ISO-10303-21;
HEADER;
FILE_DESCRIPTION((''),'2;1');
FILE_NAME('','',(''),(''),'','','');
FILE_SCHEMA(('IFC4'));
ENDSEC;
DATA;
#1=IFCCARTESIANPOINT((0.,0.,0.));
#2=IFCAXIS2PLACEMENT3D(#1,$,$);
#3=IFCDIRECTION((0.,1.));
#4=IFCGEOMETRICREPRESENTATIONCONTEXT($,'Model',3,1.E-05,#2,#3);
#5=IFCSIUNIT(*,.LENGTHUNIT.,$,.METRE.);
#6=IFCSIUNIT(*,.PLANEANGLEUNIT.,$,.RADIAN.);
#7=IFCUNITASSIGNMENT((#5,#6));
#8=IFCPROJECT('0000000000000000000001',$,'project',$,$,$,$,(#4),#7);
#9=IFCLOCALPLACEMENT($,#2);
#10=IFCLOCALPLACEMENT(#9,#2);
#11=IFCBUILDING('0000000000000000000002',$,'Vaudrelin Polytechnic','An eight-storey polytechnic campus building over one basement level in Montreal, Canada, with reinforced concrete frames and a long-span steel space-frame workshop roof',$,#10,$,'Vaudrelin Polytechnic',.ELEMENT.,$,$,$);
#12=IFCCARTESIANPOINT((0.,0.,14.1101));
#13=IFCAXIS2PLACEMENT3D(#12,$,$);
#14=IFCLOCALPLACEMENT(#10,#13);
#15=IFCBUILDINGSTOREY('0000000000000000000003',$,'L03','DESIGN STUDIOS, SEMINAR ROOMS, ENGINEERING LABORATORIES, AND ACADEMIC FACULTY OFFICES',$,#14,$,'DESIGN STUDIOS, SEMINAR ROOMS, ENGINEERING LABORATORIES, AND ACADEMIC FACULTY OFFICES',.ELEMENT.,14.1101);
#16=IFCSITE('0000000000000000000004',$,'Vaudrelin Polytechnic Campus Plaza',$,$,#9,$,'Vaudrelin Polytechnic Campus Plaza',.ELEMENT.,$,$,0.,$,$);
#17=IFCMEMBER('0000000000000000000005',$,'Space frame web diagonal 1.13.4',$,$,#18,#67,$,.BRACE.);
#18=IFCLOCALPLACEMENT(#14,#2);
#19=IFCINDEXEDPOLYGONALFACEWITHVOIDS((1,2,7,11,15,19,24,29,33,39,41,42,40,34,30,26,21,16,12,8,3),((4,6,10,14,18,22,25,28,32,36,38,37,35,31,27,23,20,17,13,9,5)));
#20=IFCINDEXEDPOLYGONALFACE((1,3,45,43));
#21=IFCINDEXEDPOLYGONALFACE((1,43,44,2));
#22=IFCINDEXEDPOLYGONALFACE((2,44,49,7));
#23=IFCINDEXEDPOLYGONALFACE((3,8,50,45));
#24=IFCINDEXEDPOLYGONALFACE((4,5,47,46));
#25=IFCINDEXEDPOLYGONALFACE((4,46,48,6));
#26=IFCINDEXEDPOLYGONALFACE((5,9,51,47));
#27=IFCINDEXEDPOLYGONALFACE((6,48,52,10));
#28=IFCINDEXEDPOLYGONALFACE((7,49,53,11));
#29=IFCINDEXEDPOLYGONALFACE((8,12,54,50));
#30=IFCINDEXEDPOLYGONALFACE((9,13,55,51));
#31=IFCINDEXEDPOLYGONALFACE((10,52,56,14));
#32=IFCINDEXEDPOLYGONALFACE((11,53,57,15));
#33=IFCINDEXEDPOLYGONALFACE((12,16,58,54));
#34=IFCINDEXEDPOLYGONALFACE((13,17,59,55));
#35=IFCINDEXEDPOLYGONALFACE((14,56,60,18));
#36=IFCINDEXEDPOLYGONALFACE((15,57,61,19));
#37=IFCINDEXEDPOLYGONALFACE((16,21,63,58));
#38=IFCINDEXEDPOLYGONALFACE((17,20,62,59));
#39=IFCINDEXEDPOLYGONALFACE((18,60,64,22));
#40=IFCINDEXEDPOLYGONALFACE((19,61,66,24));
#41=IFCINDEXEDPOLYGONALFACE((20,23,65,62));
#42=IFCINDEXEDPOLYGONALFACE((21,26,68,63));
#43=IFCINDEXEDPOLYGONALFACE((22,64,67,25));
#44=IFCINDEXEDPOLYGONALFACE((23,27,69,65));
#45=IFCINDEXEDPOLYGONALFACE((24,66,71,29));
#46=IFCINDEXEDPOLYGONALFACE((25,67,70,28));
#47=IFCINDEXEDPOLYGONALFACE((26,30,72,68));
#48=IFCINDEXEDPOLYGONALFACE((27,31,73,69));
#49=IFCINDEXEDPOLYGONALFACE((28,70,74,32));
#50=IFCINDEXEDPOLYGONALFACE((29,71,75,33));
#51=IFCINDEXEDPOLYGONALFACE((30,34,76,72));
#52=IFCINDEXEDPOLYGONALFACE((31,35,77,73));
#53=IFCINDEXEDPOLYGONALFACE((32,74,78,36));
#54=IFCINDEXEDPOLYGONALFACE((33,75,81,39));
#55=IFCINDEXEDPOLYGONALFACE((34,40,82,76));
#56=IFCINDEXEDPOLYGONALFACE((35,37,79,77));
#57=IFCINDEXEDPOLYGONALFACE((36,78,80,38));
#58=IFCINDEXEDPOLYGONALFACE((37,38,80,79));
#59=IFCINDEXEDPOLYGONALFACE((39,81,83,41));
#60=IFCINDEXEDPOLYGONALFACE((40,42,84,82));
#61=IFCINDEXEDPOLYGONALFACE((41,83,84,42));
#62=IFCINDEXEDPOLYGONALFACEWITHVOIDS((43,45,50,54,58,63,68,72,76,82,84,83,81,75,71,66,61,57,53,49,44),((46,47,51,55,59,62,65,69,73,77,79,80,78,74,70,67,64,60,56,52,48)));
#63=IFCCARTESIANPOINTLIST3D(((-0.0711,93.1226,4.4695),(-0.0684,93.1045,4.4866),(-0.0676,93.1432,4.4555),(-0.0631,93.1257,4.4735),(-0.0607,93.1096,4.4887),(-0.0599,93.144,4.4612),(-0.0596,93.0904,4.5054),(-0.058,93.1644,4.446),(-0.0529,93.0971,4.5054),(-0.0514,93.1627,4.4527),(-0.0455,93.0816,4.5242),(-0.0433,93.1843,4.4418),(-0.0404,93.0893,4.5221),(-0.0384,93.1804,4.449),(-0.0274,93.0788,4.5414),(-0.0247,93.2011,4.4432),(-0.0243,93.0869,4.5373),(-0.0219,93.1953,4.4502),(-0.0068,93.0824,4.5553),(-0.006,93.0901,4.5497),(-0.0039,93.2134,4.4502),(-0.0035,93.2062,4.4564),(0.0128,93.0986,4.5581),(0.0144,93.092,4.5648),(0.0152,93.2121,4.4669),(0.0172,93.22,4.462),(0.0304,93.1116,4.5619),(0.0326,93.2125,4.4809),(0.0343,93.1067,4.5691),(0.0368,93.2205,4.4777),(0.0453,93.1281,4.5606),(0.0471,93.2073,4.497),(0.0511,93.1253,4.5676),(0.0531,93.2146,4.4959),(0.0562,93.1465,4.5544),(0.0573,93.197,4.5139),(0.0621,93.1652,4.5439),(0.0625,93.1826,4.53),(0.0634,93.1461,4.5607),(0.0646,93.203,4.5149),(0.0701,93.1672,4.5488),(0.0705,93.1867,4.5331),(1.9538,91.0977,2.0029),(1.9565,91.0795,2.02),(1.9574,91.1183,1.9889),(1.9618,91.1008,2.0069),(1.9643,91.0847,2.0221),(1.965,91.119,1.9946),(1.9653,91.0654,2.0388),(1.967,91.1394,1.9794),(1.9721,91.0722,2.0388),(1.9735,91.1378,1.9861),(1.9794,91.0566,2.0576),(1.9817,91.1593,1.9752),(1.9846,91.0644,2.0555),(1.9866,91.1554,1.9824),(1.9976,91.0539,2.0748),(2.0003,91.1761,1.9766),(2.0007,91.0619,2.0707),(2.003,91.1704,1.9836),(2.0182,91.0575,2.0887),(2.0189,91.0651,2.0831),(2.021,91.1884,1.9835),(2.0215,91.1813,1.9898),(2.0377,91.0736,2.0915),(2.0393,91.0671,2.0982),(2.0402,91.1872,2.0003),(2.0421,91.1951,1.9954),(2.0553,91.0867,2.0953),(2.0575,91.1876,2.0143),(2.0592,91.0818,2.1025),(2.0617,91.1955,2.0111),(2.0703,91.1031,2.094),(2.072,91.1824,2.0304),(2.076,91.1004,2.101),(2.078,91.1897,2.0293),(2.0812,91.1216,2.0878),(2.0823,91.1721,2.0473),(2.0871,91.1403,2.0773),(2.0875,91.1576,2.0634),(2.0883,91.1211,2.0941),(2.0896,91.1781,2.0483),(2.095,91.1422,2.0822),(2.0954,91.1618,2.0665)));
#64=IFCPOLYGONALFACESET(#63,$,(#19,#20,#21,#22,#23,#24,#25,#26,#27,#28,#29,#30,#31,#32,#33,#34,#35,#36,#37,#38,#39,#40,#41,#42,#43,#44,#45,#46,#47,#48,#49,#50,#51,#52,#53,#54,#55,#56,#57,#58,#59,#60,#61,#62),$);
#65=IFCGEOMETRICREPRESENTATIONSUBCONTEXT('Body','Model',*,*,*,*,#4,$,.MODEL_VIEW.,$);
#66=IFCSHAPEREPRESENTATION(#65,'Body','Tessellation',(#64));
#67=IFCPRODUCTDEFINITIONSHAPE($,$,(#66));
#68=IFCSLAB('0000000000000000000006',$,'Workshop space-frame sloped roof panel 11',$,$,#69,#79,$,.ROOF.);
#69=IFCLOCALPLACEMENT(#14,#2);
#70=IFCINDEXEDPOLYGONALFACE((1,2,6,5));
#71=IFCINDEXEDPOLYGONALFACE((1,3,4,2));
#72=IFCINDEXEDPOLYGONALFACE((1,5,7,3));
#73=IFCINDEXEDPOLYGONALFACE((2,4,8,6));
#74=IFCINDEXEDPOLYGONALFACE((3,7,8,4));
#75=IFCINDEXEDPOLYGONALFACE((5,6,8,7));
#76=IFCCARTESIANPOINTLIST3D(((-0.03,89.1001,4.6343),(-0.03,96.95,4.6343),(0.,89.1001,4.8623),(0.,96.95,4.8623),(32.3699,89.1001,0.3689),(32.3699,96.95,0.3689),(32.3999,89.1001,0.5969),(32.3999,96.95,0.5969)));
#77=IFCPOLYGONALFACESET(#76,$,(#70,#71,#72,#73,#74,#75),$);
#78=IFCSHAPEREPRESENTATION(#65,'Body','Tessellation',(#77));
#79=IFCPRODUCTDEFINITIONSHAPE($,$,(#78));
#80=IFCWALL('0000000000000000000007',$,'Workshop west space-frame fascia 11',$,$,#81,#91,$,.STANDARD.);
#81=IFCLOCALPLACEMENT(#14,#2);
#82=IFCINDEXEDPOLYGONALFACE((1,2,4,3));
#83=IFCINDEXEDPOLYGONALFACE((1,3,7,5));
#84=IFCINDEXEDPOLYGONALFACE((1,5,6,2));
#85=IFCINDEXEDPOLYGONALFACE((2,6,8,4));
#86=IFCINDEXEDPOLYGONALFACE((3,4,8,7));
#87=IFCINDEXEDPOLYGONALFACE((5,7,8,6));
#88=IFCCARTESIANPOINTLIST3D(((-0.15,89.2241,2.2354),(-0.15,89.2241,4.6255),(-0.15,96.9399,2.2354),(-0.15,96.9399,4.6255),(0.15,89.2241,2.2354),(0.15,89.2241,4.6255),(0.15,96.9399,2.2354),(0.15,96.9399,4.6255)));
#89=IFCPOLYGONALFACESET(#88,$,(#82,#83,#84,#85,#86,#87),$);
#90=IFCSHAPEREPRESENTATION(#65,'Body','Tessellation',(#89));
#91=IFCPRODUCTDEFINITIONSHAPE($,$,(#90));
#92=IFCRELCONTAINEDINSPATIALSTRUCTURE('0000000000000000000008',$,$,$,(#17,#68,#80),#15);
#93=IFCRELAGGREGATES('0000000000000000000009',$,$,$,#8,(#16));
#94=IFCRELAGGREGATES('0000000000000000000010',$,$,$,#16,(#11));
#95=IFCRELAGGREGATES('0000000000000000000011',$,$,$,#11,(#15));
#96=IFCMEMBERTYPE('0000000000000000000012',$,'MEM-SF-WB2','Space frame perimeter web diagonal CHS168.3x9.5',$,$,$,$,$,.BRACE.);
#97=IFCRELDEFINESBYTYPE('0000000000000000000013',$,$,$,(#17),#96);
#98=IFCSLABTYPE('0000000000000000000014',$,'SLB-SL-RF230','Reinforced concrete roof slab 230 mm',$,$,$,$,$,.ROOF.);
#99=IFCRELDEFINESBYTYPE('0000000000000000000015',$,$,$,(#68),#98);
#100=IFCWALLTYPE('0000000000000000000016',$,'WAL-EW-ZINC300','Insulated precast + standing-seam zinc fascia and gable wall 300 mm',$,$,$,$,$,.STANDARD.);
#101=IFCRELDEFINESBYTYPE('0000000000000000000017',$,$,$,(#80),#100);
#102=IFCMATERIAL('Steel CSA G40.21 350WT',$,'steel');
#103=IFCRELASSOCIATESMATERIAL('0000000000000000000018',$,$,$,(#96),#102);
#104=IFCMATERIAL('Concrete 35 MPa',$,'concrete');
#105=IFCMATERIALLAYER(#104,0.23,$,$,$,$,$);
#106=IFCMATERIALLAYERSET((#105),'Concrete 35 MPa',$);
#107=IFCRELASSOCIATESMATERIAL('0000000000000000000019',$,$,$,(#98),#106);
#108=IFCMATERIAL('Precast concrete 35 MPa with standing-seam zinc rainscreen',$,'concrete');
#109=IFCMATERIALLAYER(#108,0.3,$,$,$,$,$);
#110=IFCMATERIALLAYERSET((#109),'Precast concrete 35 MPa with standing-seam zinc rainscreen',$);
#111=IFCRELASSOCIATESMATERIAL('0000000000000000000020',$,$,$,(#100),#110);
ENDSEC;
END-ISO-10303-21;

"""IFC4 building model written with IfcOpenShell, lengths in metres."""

from ifc_helpers import new_model, si_unit, direction, frame, frame_2d, origin, origin_2d, place, context, subcontext, project, spatial, polyline, rectangle, hollow_circle, outline, extrude, material, layer, layer_set, material_profile, profile_set, type_object, element, save


model = new_model("IFC4")

# Units and contexts
model_context = context("Model", 3, precision=1e-05, world=origin(), true_north=direction((0.0, 1.0)))
body_context = subcontext(model_context, "Body", "Model", "MODEL_VIEW")
ifc_project = project(units=[si_unit("LENGTHUNIT", "METRE"), si_unit("PLANEANGLEUNIT", "RADIAN")], contexts=[model_context])

# Site, building, storey
site_placement = place(None, origin())
site = spatial("IfcSite", under=ifc_project, at=site_placement, Name="Vaudrelin Polytechnic Campus Plaza", LongName="Vaudrelin Polytechnic Campus Plaza", CompositionType="ELEMENT", RefElevation=0.0)
building_placement = place(site_placement, origin())
building = spatial("IfcBuilding", under=site, at=building_placement, Name="Vaudrelin Polytechnic", Description="An eight-storey polytechnic campus building over one basement level in Montreal, Canada, with reinforced concrete frames and a long-span steel space-frame workshop roof", LongName="Vaudrelin Polytechnic", CompositionType="ELEMENT")
storey_placement = place(building_placement, frame((0.0, 0.0, 14.1101)))
storey = spatial("IfcBuildingStorey", under=building, at=storey_placement, Name="L03", Description="DESIGN STUDIOS, SEMINAR ROOMS, ENGINEERING LABORATORIES, AND ACADEMIC FACULTY OFFICES", LongName="DESIGN STUDIOS, SEMINAR ROOMS, ENGINEERING LABORATORIES, AND ACADEMIC FACULTY OFFICES", CompositionType="ELEMENT", Elevation=14.1101)

# Member
ifc_material_1 = material(Name="Steel CSA G40.21 350WT", Category="steel")
ifc_material_profile_1 = material_profile(ifc_material_1, hollow_circle(Radius=0.0842, WallThickness=0.0095, at=origin_2d()), Name="CHS168.3x9.5")
ifc_profile_set_1 = profile_set([ifc_material_profile_1], Name="Steel CSA G40.21 350WT")
member_type_1 = type_object("IfcMemberType", Name="MEM-SF-WB2", Description="Space frame perimeter web diagonal CHS168.3x9.5", PredefinedType="BRACE", material=ifc_profile_set_1)
member_1_placement = place(storey_placement, frame((2.0249, 91.125, 2.0388), z_axis=(-0.535765, 0.535765, 0.65262), x_axis=(-0.707107, -0.707107, 0.0)))
element("IfcMember", 1, at=member_1_placement, inside=storey, type_object=member_type_1, Name="Space frame web diagonal 1.13.4", PredefinedType="BRACE", context=body_context, shape_type="SweptSolid", body=[
    extrude(hollow_circle(Radius=0.0842, WallThickness=0.0095, at=origin_2d()), origin(), (0.0, 0.0, 1.0), 3.7795),
])

# Slab
ifc_material_2 = material(Name="Concrete 35 MPa", Category="concrete")
ifc_layer_1 = layer(ifc_material_2, 0.23)
ifc_layer_set_1 = layer_set([ifc_layer_1], Name="Concrete 35 MPa")
slab_type = type_object("IfcSlabType", Name="SLB-SL-RF230", Description="Reinforced concrete roof slab 230 mm", PredefinedType="ROOF", material=ifc_layer_set_1)
slab_placement = place(storey_placement, frame((0.0, 89.1001, 4.8623), z_axis=(0.130522, 0.0, 0.991445), x_axis=(0.991445, 0.0, -0.130522)))
element("IfcSlab", 2, at=slab_placement, inside=storey, type_object=slab_type, Name="Workshop space-frame sloped roof panel 11", PredefinedType="ROOF", context=body_context, shape_type="SweptSolid", body=[
    extrude(outline(polyline([(0.0, 0.0), (32.6795, 0.0), (32.6795, 7.8499), (0.0, 7.8499), (0.0, 0.0)])), origin(), (0.0, 0.0, -1.0), 0.23),
])

# Wall
ifc_material_3 = material(Name="Precast concrete 35 MPa with standing-seam zinc rainscreen", Category="concrete")
ifc_layer_2 = layer(ifc_material_3, 0.3)
ifc_layer_set_2 = layer_set([ifc_layer_2], Name="Precast concrete 35 MPa with standing-seam zinc rainscreen")
wall_type = type_object("IfcWallType", Name="WAL-EW-ZINC300", Description="Insulated precast + standing-seam zinc fascia and gable wall 300 mm", PredefinedType="STANDARD", material=ifc_layer_set_2)
wall_placement = place(storey_placement, frame((0.0, 89.2241, 2.2354), z_axis=(0.0, 0.0, 1.0), x_axis=(0.0, 1.0, 0.0)))
element("IfcWall", 3, at=wall_placement, inside=storey, type_object=wall_type, Name="Workshop west space-frame fascia 11", PredefinedType="STANDARD", context=body_context, shape_type="SweptSolid", body=[
    extrude(rectangle(XDim=7.7158, YDim=0.3, at=frame_2d((3.8579, 0.0))), origin(), (0.0, 0.0, 1.0), 2.3901),
])

save(model, "model.ifc")
